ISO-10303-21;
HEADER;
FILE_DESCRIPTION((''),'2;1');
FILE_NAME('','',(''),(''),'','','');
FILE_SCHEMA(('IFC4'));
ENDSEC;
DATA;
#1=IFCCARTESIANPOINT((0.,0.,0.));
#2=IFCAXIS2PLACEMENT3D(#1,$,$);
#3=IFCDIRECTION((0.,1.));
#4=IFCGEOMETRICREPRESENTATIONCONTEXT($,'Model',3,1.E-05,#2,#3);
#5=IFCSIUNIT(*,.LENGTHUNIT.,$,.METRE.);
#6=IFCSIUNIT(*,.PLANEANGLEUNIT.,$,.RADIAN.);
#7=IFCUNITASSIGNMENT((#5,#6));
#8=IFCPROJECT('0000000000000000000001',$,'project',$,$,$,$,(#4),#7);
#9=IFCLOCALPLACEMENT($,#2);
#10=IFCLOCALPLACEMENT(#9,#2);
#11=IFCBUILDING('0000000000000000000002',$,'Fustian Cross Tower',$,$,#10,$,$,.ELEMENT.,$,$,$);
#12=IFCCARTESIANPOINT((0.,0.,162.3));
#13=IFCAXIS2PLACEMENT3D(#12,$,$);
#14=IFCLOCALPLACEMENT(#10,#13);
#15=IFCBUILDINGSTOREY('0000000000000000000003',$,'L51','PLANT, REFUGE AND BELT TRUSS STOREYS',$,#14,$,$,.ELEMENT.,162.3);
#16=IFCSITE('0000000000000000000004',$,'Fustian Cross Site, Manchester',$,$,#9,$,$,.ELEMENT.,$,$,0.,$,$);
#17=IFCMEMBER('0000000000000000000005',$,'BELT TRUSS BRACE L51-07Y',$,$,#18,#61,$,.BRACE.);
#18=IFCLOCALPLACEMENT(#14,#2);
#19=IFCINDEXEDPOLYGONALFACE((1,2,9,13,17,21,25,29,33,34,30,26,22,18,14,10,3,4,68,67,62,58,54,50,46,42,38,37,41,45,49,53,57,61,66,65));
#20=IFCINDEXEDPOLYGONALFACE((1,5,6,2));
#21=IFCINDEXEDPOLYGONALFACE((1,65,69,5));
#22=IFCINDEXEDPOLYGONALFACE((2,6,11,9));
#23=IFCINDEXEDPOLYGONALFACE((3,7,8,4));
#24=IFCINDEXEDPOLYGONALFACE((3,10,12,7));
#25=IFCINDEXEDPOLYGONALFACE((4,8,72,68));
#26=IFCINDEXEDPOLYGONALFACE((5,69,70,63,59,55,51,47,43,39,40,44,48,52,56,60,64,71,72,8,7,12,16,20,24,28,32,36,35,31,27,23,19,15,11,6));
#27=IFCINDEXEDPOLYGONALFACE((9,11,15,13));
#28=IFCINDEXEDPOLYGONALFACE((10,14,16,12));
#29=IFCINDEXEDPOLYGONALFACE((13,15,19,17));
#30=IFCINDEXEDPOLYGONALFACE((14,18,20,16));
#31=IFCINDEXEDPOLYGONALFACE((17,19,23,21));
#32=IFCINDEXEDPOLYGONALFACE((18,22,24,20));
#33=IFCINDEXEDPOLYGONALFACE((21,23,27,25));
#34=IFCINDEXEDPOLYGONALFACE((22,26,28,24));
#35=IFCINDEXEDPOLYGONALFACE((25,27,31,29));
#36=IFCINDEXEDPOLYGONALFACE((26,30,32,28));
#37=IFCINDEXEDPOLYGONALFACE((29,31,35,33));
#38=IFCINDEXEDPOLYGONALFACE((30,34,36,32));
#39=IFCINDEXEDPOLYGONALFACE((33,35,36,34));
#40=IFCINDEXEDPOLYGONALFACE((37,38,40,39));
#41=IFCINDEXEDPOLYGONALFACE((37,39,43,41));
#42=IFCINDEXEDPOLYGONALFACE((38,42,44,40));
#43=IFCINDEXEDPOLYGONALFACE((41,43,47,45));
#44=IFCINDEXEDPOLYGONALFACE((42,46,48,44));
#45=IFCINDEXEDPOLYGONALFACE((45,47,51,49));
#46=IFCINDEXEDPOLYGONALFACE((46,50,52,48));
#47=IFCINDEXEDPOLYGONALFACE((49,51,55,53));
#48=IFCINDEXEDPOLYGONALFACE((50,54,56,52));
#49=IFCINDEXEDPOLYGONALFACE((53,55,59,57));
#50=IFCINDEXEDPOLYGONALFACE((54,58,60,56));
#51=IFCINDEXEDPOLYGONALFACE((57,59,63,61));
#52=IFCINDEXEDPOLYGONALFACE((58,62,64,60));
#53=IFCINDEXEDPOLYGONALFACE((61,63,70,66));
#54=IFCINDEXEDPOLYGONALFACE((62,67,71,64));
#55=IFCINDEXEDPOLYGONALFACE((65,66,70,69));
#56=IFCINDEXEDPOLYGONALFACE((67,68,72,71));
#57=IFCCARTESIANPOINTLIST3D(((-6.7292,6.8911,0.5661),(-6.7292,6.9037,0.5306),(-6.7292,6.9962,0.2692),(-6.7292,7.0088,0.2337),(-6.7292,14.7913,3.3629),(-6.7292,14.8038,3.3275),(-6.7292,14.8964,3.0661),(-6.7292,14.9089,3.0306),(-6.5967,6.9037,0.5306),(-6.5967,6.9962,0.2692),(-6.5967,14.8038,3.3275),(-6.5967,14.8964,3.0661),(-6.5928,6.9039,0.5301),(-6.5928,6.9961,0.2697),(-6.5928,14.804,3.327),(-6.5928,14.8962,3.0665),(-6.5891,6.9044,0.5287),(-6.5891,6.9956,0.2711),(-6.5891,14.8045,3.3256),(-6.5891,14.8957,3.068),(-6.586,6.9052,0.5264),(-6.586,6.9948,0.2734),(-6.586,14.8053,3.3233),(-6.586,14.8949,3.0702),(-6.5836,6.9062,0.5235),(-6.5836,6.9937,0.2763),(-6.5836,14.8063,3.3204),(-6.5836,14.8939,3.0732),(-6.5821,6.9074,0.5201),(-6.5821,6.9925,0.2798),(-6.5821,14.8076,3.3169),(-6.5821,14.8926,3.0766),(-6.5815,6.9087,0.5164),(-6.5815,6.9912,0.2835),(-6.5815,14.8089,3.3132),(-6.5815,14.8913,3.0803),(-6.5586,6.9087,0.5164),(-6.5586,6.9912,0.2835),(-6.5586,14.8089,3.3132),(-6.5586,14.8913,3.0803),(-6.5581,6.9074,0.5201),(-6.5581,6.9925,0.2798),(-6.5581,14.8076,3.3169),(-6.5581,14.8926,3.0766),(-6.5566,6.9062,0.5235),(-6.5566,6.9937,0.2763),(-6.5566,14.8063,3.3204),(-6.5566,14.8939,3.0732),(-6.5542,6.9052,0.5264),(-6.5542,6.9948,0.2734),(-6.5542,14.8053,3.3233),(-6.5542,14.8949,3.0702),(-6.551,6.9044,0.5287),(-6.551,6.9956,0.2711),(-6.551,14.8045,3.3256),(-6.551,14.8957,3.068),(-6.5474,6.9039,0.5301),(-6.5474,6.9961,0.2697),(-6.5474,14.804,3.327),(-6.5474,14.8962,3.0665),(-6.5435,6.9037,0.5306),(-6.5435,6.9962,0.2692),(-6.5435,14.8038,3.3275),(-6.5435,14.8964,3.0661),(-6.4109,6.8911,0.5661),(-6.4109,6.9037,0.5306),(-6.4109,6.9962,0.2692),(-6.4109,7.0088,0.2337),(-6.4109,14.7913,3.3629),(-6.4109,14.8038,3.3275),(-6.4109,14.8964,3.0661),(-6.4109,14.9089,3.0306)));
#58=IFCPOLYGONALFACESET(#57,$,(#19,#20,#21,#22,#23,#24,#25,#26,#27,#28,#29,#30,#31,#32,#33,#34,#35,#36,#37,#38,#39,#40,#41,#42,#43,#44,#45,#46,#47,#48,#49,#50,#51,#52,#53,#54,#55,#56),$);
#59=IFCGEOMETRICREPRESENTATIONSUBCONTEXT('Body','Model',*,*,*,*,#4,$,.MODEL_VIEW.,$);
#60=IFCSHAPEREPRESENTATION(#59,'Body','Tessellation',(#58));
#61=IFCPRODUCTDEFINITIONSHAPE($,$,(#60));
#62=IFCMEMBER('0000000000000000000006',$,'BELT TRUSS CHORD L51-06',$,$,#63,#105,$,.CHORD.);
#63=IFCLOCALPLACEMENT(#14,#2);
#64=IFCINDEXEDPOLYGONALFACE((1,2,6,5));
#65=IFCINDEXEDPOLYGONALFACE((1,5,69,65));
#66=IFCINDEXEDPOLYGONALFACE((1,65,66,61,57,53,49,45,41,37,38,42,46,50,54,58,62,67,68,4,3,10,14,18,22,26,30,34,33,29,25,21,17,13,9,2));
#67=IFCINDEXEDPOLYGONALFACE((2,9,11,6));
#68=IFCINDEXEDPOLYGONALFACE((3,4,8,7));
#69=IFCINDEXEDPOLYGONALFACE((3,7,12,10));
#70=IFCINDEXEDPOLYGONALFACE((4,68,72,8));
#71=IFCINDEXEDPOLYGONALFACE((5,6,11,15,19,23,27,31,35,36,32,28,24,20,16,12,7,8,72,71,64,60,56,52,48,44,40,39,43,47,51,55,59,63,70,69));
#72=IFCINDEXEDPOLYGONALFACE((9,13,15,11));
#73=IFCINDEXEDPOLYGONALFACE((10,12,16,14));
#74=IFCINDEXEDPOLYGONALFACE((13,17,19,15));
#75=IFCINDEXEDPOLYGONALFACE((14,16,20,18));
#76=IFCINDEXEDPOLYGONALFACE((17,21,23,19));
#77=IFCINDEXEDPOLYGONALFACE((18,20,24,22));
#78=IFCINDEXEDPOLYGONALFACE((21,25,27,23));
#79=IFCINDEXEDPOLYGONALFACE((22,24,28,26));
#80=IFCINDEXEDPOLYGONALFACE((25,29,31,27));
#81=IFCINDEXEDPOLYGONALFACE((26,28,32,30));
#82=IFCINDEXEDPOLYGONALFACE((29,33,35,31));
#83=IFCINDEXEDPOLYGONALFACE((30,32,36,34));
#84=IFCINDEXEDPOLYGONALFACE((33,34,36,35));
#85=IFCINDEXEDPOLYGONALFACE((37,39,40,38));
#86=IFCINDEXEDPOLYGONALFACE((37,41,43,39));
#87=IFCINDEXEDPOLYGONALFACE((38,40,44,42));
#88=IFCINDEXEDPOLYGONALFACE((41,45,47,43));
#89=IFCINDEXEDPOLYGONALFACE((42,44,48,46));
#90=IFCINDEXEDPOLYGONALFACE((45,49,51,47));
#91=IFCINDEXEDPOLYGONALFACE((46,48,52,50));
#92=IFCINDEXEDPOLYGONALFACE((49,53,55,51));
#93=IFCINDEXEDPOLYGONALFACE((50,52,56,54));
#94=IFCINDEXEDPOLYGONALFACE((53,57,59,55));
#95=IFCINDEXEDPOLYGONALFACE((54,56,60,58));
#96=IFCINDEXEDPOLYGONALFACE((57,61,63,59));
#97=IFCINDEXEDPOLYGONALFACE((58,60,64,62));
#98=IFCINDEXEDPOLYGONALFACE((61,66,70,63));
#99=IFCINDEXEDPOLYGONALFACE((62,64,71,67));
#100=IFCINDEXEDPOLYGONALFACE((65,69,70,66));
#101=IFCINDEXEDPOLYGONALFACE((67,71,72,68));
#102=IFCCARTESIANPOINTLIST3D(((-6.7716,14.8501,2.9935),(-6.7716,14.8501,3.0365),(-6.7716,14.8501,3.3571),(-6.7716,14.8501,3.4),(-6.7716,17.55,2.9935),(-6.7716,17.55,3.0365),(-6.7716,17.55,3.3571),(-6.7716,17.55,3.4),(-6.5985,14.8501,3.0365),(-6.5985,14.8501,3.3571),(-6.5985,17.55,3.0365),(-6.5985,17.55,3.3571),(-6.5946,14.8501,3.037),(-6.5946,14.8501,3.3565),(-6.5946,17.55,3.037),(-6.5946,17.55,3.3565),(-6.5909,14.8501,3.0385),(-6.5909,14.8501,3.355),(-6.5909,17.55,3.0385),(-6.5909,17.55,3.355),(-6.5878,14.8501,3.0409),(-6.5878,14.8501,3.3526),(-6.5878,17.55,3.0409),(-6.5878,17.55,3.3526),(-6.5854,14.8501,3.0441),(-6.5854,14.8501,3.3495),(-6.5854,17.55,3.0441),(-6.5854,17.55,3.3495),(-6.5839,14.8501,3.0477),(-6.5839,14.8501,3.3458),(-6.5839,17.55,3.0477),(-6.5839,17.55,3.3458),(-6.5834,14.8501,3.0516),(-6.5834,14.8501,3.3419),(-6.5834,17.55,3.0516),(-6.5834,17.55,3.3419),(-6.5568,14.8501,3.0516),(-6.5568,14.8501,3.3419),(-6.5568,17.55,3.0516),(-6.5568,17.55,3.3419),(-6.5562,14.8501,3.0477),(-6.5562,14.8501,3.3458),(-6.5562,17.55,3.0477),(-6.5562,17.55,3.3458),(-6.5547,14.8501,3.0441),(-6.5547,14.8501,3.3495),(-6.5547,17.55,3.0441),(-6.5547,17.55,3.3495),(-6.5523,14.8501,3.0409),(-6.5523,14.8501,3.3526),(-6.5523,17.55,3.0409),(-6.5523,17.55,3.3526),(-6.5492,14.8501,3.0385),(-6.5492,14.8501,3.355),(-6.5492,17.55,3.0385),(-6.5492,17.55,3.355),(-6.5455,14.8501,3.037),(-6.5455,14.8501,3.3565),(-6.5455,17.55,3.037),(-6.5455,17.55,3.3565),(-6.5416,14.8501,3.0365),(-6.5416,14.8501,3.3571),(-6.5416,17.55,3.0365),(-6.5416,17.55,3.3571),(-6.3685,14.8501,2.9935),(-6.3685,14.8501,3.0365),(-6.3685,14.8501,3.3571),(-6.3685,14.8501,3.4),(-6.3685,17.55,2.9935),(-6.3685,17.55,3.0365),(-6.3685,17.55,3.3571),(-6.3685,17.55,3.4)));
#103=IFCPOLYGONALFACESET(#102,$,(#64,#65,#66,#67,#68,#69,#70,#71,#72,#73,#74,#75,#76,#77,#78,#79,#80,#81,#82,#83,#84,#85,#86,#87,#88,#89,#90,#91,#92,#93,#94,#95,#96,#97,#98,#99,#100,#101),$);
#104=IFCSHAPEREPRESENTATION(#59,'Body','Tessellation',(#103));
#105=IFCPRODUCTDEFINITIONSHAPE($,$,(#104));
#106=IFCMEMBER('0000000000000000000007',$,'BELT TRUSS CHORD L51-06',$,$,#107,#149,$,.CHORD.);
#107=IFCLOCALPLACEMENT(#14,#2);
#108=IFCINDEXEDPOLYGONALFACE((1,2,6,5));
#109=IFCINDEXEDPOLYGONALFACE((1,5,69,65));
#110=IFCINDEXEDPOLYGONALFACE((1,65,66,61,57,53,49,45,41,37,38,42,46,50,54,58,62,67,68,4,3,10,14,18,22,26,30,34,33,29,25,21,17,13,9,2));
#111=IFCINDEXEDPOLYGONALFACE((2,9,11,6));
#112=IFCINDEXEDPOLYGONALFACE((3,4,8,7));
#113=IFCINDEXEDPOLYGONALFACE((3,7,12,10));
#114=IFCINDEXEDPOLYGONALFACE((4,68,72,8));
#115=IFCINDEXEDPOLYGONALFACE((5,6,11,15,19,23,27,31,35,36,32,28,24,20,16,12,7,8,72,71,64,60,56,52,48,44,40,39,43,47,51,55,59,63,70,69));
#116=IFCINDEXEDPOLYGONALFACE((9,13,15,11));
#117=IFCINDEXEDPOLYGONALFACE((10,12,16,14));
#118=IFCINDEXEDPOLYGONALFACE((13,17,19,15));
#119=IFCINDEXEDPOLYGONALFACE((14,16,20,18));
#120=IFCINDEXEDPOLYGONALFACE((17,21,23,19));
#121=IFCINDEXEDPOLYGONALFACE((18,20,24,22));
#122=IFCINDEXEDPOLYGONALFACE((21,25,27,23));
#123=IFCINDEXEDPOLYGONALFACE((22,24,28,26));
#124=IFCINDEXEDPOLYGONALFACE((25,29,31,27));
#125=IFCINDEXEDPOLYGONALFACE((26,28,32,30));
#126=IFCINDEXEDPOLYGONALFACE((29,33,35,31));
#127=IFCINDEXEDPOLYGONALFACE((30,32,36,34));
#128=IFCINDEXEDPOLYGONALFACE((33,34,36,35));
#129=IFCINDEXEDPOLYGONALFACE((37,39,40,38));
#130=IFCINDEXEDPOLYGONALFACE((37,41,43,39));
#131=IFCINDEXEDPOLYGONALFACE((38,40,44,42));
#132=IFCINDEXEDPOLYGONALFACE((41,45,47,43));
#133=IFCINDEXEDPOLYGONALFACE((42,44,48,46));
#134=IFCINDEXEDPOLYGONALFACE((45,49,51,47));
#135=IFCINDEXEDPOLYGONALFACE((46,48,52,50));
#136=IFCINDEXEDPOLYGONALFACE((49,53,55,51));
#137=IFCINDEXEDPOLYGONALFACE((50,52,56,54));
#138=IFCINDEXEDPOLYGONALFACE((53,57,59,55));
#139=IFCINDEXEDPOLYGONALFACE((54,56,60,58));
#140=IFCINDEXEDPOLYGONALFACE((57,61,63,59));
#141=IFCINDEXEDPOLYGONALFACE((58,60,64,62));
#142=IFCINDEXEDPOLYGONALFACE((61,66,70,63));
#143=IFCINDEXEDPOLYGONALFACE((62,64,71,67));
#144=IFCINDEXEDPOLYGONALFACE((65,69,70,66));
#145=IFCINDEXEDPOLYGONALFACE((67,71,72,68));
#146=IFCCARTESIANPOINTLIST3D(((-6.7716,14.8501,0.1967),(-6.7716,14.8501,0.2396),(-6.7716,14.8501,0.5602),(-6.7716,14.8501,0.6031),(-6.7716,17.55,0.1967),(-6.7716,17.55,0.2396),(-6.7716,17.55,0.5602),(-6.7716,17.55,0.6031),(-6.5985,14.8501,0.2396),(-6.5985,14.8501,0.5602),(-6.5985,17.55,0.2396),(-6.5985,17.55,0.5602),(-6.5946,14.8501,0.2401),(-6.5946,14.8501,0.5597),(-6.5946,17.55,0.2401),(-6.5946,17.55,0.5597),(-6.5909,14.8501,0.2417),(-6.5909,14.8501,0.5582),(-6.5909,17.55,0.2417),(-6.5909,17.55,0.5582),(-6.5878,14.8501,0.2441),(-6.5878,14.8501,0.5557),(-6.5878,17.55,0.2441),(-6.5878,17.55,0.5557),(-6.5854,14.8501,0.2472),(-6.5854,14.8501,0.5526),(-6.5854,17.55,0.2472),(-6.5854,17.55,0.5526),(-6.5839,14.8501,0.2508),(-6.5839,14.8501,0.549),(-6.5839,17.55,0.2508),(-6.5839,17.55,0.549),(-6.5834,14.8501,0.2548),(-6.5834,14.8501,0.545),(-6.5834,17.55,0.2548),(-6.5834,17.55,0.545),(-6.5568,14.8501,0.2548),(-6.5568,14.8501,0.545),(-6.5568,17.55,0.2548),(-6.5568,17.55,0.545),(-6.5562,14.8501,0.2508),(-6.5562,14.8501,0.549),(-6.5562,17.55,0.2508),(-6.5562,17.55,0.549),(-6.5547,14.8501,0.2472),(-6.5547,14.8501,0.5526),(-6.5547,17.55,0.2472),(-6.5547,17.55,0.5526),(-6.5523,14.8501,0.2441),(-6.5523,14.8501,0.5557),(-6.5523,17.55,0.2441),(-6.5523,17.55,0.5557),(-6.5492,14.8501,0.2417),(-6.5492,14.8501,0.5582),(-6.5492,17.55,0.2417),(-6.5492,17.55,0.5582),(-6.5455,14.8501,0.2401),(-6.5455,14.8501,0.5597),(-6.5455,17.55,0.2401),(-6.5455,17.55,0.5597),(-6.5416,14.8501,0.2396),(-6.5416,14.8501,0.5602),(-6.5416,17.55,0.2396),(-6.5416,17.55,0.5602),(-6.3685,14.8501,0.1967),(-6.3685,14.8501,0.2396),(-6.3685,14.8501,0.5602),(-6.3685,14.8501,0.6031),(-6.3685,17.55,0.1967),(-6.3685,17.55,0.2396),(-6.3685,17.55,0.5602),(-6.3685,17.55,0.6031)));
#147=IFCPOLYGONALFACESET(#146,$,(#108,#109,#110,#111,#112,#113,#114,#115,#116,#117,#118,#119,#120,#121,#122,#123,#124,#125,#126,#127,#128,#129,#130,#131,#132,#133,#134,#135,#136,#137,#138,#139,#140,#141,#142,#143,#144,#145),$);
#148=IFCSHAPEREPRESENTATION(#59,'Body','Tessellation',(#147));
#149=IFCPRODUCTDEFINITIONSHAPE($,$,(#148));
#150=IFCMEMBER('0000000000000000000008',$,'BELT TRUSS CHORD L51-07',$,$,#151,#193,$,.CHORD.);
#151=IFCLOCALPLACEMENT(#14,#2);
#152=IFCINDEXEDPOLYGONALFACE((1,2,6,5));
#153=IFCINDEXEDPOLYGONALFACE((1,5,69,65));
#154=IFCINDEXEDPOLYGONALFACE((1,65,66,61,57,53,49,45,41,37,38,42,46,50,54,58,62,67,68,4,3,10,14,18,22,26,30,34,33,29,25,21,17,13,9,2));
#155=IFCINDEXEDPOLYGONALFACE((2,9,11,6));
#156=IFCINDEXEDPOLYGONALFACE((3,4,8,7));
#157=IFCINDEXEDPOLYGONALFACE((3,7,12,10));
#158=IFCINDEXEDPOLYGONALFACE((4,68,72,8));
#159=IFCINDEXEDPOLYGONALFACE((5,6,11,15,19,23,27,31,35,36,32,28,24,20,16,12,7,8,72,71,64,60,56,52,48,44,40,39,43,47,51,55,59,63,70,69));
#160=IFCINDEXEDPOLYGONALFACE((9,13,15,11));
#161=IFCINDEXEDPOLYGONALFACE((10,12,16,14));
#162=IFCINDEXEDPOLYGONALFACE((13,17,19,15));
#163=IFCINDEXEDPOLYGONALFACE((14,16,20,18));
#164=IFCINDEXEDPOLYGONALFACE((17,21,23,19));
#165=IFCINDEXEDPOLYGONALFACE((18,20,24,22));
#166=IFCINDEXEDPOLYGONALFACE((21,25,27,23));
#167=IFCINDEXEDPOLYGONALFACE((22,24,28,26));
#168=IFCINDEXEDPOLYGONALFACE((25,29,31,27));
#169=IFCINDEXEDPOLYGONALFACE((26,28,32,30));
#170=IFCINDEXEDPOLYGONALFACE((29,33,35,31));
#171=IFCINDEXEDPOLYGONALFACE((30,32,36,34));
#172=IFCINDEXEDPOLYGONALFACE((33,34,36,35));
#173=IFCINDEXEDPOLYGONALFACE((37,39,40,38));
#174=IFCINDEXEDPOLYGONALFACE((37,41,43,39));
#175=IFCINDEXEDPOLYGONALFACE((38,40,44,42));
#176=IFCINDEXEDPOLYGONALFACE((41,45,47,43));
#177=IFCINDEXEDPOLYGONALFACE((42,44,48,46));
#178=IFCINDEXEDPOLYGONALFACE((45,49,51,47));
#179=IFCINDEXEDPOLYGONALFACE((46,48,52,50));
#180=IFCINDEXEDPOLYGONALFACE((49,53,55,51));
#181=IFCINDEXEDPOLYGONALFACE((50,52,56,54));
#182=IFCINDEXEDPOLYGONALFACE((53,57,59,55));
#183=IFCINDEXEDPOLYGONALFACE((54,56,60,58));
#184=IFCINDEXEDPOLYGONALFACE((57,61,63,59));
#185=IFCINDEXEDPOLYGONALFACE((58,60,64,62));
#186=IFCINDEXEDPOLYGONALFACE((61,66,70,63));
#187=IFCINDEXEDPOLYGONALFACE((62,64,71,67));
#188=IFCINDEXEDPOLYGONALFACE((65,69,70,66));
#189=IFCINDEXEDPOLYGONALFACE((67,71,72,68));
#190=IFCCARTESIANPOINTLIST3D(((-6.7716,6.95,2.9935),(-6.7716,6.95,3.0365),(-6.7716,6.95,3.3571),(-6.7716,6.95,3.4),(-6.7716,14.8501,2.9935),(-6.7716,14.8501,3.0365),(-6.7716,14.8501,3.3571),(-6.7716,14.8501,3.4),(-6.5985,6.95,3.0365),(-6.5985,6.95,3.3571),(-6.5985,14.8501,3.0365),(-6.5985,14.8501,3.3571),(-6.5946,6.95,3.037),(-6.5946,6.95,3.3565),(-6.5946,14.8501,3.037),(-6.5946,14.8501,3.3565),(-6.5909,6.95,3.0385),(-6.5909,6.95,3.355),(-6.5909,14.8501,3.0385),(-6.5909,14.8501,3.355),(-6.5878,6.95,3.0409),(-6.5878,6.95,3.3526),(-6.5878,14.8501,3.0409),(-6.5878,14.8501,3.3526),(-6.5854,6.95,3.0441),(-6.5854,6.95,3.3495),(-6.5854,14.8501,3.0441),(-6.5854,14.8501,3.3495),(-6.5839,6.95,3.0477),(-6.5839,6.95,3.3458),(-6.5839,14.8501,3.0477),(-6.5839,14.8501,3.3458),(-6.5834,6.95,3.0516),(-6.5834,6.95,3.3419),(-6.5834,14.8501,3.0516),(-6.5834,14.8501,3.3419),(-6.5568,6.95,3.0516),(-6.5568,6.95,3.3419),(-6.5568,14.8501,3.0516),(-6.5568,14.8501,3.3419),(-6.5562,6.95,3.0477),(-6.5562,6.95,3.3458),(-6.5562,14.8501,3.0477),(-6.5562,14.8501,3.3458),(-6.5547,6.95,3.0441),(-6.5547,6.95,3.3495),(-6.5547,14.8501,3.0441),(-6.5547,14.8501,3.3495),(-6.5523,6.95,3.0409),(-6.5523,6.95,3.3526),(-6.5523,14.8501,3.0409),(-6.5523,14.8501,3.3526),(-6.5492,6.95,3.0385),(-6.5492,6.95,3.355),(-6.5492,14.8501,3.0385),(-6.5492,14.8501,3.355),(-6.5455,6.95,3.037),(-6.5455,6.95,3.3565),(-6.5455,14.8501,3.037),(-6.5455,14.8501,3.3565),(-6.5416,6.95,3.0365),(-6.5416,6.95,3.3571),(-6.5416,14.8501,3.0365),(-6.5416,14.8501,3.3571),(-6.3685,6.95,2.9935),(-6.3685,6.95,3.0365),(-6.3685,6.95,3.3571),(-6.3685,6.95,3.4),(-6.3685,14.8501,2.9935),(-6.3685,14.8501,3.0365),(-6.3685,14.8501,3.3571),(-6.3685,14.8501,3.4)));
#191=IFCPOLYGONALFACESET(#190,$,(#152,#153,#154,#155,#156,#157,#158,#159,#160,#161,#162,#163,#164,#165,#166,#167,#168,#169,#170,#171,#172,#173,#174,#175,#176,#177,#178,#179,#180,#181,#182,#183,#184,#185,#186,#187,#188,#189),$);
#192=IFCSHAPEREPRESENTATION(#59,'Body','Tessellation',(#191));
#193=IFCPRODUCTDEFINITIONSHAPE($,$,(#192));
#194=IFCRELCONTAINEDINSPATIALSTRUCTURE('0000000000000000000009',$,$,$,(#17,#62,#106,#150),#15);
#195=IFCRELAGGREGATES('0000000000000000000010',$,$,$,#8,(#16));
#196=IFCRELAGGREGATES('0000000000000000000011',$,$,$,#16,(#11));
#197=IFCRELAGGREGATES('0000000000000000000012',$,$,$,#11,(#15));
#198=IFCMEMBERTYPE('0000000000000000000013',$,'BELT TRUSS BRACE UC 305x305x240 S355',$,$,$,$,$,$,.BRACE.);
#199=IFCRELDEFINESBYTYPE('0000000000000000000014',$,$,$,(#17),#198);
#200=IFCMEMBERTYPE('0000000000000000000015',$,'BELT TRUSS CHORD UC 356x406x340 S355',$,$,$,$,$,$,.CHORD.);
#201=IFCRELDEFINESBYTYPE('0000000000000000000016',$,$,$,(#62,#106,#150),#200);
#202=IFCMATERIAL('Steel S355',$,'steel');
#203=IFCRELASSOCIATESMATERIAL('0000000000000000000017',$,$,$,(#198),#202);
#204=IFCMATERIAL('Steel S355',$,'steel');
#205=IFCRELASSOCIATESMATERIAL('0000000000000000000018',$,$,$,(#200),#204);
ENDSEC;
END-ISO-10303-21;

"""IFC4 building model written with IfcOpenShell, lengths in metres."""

from ifc_helpers import new_model, si_unit, direction, frame, origin, origin_2d, place, context, subcontext, project, spatial, i_section, extrude, material, material_profile, profile_set, type_object, element, save


model = new_model("IFC4")

# Units and contexts
model_context = context("Model", 3, precision=1e-05, world=origin(), true_north=direction((0.0, 1.0)))
body_context = subcontext(model_context, "Body", "Model", "MODEL_VIEW")
ifc_project = project(units=[si_unit("LENGTHUNIT", "METRE"), si_unit("PLANEANGLEUNIT", "RADIAN")], contexts=[model_context])

# Site, building, storey
site_placement = place(None, origin())
site = spatial("IfcSite", under=ifc_project, at=site_placement, Name="Fustian Cross Site, Manchester", CompositionType="ELEMENT", RefElevation=0.0)
building_placement = place(site_placement, origin())
building = spatial("IfcBuilding", under=site, at=building_placement, Name="Fustian Cross Tower", CompositionType="ELEMENT")
storey_placement = place(building_placement, frame((0.0, 0.0, 162.3)))
storey = spatial("IfcBuildingStorey", under=building, at=storey_placement, Name="L51", Description="PLANT, REFUGE AND BELT TRUSS STOREYS", CompositionType="ELEMENT", Elevation=162.3)

# Members
ifc_material_1 = material(Name="Steel S355", Category="steel")
ifc_material_profile_1 = material_profile(ifc_material_1, i_section(OverallWidth=0.3184, OverallDepth=0.3525, WebThickness=0.0229, FlangeThickness=0.0376, FilletRadius=0.0151, at=origin_2d()), Name="UC 305x305x240")
ifc_profile_set_1 = profile_set([ifc_material_profile_1], Name="Steel S355")
member_type_1 = type_object("IfcMemberType", Name="BELT TRUSS BRACE UC 305x305x240 S355", PredefinedType="BRACE", material=ifc_profile_set_1)
for number, where, z_axis, x_axis, name in (
    (1, (-6.5701, 14.8501, 3.1968), (0.0, -0.942668, -0.333731), (1.0, 0.0, 0.0), "BELT TRUSS BRACE L51-07Y"),
):
    element("IfcMember", number, at=place(storey_placement, frame(where, z_axis=z_axis, x_axis=x_axis)), inside=storey, type_object=member_type_1, Name=name, PredefinedType="BRACE", context=body_context, shape_type="SweptSolid", body=[
        extrude(i_section(OverallWidth=0.3184, OverallDepth=0.3525, WebThickness=0.0229, FlangeThickness=0.0376, FilletRadius=0.0151, at=origin_2d()), origin(), (0.0, 0.0, 1.0), 8.3806),
    ])
ifc_material_2 = material(Name="Steel S355", Category="steel")
ifc_material_profile_2 = material_profile(ifc_material_2, i_section(OverallWidth=0.4031, OverallDepth=0.4065, WebThickness=0.0266, FlangeThickness=0.043, FilletRadius=0.0151, at=origin_2d()), Name="UC 356x406x340")
ifc_profile_set_2 = profile_set([ifc_material_profile_2], Name="Steel S355")
member_type_2 = type_object("IfcMemberType", Name="BELT TRUSS CHORD UC 356x406x340 S355", PredefinedType="CHORD", material=ifc_profile_set_2)
for number, where, z_axis, x_axis, name in (
    (2, (-6.5701, 17.55, 3.1968), (0.0, -1.0, 0.0), (1.0, 0.0, 0.0), "BELT TRUSS CHORD L51-06"),
    (3, (-6.5701, 17.55, 0.3999), (0.0, -1.0, 0.0), (1.0, 0.0, 0.0), "BELT TRUSS CHORD L51-06"),
):
    element("IfcMember", number, at=place(storey_placement, frame(where, z_axis=z_axis, x_axis=x_axis)), inside=storey, type_object=member_type_2, Name=name, PredefinedType="CHORD", context=body_context, shape_type="SweptSolid", body=[
        extrude(i_section(OverallWidth=0.4031, OverallDepth=0.4065, WebThickness=0.0266, FlangeThickness=0.043, FilletRadius=0.0151, at=origin_2d()), origin(), (0.0, 0.0, 1.0), 2.7),
    ])
for number, where, z_axis, x_axis, name in (
    (4, (-6.5701, 14.8501, 3.1968), (0.0, -1.0, 0.0), (1.0, 0.0, 0.0), "BELT TRUSS CHORD L51-07"),
):
    element("IfcMember", number, at=place(storey_placement, frame(where, z_axis=z_axis, x_axis=x_axis)), inside=storey, type_object=member_type_2, Name=name, PredefinedType="CHORD", context=body_context, shape_type="SweptSolid", body=[
        extrude(i_section(OverallWidth=0.4031, OverallDepth=0.4065, WebThickness=0.0266, FlangeThickness=0.043, FilletRadius=0.0151, at=origin_2d()), origin(), (0.0, 0.0, 1.0), 7.9001),
    ])

save(model, "model.ifc")
